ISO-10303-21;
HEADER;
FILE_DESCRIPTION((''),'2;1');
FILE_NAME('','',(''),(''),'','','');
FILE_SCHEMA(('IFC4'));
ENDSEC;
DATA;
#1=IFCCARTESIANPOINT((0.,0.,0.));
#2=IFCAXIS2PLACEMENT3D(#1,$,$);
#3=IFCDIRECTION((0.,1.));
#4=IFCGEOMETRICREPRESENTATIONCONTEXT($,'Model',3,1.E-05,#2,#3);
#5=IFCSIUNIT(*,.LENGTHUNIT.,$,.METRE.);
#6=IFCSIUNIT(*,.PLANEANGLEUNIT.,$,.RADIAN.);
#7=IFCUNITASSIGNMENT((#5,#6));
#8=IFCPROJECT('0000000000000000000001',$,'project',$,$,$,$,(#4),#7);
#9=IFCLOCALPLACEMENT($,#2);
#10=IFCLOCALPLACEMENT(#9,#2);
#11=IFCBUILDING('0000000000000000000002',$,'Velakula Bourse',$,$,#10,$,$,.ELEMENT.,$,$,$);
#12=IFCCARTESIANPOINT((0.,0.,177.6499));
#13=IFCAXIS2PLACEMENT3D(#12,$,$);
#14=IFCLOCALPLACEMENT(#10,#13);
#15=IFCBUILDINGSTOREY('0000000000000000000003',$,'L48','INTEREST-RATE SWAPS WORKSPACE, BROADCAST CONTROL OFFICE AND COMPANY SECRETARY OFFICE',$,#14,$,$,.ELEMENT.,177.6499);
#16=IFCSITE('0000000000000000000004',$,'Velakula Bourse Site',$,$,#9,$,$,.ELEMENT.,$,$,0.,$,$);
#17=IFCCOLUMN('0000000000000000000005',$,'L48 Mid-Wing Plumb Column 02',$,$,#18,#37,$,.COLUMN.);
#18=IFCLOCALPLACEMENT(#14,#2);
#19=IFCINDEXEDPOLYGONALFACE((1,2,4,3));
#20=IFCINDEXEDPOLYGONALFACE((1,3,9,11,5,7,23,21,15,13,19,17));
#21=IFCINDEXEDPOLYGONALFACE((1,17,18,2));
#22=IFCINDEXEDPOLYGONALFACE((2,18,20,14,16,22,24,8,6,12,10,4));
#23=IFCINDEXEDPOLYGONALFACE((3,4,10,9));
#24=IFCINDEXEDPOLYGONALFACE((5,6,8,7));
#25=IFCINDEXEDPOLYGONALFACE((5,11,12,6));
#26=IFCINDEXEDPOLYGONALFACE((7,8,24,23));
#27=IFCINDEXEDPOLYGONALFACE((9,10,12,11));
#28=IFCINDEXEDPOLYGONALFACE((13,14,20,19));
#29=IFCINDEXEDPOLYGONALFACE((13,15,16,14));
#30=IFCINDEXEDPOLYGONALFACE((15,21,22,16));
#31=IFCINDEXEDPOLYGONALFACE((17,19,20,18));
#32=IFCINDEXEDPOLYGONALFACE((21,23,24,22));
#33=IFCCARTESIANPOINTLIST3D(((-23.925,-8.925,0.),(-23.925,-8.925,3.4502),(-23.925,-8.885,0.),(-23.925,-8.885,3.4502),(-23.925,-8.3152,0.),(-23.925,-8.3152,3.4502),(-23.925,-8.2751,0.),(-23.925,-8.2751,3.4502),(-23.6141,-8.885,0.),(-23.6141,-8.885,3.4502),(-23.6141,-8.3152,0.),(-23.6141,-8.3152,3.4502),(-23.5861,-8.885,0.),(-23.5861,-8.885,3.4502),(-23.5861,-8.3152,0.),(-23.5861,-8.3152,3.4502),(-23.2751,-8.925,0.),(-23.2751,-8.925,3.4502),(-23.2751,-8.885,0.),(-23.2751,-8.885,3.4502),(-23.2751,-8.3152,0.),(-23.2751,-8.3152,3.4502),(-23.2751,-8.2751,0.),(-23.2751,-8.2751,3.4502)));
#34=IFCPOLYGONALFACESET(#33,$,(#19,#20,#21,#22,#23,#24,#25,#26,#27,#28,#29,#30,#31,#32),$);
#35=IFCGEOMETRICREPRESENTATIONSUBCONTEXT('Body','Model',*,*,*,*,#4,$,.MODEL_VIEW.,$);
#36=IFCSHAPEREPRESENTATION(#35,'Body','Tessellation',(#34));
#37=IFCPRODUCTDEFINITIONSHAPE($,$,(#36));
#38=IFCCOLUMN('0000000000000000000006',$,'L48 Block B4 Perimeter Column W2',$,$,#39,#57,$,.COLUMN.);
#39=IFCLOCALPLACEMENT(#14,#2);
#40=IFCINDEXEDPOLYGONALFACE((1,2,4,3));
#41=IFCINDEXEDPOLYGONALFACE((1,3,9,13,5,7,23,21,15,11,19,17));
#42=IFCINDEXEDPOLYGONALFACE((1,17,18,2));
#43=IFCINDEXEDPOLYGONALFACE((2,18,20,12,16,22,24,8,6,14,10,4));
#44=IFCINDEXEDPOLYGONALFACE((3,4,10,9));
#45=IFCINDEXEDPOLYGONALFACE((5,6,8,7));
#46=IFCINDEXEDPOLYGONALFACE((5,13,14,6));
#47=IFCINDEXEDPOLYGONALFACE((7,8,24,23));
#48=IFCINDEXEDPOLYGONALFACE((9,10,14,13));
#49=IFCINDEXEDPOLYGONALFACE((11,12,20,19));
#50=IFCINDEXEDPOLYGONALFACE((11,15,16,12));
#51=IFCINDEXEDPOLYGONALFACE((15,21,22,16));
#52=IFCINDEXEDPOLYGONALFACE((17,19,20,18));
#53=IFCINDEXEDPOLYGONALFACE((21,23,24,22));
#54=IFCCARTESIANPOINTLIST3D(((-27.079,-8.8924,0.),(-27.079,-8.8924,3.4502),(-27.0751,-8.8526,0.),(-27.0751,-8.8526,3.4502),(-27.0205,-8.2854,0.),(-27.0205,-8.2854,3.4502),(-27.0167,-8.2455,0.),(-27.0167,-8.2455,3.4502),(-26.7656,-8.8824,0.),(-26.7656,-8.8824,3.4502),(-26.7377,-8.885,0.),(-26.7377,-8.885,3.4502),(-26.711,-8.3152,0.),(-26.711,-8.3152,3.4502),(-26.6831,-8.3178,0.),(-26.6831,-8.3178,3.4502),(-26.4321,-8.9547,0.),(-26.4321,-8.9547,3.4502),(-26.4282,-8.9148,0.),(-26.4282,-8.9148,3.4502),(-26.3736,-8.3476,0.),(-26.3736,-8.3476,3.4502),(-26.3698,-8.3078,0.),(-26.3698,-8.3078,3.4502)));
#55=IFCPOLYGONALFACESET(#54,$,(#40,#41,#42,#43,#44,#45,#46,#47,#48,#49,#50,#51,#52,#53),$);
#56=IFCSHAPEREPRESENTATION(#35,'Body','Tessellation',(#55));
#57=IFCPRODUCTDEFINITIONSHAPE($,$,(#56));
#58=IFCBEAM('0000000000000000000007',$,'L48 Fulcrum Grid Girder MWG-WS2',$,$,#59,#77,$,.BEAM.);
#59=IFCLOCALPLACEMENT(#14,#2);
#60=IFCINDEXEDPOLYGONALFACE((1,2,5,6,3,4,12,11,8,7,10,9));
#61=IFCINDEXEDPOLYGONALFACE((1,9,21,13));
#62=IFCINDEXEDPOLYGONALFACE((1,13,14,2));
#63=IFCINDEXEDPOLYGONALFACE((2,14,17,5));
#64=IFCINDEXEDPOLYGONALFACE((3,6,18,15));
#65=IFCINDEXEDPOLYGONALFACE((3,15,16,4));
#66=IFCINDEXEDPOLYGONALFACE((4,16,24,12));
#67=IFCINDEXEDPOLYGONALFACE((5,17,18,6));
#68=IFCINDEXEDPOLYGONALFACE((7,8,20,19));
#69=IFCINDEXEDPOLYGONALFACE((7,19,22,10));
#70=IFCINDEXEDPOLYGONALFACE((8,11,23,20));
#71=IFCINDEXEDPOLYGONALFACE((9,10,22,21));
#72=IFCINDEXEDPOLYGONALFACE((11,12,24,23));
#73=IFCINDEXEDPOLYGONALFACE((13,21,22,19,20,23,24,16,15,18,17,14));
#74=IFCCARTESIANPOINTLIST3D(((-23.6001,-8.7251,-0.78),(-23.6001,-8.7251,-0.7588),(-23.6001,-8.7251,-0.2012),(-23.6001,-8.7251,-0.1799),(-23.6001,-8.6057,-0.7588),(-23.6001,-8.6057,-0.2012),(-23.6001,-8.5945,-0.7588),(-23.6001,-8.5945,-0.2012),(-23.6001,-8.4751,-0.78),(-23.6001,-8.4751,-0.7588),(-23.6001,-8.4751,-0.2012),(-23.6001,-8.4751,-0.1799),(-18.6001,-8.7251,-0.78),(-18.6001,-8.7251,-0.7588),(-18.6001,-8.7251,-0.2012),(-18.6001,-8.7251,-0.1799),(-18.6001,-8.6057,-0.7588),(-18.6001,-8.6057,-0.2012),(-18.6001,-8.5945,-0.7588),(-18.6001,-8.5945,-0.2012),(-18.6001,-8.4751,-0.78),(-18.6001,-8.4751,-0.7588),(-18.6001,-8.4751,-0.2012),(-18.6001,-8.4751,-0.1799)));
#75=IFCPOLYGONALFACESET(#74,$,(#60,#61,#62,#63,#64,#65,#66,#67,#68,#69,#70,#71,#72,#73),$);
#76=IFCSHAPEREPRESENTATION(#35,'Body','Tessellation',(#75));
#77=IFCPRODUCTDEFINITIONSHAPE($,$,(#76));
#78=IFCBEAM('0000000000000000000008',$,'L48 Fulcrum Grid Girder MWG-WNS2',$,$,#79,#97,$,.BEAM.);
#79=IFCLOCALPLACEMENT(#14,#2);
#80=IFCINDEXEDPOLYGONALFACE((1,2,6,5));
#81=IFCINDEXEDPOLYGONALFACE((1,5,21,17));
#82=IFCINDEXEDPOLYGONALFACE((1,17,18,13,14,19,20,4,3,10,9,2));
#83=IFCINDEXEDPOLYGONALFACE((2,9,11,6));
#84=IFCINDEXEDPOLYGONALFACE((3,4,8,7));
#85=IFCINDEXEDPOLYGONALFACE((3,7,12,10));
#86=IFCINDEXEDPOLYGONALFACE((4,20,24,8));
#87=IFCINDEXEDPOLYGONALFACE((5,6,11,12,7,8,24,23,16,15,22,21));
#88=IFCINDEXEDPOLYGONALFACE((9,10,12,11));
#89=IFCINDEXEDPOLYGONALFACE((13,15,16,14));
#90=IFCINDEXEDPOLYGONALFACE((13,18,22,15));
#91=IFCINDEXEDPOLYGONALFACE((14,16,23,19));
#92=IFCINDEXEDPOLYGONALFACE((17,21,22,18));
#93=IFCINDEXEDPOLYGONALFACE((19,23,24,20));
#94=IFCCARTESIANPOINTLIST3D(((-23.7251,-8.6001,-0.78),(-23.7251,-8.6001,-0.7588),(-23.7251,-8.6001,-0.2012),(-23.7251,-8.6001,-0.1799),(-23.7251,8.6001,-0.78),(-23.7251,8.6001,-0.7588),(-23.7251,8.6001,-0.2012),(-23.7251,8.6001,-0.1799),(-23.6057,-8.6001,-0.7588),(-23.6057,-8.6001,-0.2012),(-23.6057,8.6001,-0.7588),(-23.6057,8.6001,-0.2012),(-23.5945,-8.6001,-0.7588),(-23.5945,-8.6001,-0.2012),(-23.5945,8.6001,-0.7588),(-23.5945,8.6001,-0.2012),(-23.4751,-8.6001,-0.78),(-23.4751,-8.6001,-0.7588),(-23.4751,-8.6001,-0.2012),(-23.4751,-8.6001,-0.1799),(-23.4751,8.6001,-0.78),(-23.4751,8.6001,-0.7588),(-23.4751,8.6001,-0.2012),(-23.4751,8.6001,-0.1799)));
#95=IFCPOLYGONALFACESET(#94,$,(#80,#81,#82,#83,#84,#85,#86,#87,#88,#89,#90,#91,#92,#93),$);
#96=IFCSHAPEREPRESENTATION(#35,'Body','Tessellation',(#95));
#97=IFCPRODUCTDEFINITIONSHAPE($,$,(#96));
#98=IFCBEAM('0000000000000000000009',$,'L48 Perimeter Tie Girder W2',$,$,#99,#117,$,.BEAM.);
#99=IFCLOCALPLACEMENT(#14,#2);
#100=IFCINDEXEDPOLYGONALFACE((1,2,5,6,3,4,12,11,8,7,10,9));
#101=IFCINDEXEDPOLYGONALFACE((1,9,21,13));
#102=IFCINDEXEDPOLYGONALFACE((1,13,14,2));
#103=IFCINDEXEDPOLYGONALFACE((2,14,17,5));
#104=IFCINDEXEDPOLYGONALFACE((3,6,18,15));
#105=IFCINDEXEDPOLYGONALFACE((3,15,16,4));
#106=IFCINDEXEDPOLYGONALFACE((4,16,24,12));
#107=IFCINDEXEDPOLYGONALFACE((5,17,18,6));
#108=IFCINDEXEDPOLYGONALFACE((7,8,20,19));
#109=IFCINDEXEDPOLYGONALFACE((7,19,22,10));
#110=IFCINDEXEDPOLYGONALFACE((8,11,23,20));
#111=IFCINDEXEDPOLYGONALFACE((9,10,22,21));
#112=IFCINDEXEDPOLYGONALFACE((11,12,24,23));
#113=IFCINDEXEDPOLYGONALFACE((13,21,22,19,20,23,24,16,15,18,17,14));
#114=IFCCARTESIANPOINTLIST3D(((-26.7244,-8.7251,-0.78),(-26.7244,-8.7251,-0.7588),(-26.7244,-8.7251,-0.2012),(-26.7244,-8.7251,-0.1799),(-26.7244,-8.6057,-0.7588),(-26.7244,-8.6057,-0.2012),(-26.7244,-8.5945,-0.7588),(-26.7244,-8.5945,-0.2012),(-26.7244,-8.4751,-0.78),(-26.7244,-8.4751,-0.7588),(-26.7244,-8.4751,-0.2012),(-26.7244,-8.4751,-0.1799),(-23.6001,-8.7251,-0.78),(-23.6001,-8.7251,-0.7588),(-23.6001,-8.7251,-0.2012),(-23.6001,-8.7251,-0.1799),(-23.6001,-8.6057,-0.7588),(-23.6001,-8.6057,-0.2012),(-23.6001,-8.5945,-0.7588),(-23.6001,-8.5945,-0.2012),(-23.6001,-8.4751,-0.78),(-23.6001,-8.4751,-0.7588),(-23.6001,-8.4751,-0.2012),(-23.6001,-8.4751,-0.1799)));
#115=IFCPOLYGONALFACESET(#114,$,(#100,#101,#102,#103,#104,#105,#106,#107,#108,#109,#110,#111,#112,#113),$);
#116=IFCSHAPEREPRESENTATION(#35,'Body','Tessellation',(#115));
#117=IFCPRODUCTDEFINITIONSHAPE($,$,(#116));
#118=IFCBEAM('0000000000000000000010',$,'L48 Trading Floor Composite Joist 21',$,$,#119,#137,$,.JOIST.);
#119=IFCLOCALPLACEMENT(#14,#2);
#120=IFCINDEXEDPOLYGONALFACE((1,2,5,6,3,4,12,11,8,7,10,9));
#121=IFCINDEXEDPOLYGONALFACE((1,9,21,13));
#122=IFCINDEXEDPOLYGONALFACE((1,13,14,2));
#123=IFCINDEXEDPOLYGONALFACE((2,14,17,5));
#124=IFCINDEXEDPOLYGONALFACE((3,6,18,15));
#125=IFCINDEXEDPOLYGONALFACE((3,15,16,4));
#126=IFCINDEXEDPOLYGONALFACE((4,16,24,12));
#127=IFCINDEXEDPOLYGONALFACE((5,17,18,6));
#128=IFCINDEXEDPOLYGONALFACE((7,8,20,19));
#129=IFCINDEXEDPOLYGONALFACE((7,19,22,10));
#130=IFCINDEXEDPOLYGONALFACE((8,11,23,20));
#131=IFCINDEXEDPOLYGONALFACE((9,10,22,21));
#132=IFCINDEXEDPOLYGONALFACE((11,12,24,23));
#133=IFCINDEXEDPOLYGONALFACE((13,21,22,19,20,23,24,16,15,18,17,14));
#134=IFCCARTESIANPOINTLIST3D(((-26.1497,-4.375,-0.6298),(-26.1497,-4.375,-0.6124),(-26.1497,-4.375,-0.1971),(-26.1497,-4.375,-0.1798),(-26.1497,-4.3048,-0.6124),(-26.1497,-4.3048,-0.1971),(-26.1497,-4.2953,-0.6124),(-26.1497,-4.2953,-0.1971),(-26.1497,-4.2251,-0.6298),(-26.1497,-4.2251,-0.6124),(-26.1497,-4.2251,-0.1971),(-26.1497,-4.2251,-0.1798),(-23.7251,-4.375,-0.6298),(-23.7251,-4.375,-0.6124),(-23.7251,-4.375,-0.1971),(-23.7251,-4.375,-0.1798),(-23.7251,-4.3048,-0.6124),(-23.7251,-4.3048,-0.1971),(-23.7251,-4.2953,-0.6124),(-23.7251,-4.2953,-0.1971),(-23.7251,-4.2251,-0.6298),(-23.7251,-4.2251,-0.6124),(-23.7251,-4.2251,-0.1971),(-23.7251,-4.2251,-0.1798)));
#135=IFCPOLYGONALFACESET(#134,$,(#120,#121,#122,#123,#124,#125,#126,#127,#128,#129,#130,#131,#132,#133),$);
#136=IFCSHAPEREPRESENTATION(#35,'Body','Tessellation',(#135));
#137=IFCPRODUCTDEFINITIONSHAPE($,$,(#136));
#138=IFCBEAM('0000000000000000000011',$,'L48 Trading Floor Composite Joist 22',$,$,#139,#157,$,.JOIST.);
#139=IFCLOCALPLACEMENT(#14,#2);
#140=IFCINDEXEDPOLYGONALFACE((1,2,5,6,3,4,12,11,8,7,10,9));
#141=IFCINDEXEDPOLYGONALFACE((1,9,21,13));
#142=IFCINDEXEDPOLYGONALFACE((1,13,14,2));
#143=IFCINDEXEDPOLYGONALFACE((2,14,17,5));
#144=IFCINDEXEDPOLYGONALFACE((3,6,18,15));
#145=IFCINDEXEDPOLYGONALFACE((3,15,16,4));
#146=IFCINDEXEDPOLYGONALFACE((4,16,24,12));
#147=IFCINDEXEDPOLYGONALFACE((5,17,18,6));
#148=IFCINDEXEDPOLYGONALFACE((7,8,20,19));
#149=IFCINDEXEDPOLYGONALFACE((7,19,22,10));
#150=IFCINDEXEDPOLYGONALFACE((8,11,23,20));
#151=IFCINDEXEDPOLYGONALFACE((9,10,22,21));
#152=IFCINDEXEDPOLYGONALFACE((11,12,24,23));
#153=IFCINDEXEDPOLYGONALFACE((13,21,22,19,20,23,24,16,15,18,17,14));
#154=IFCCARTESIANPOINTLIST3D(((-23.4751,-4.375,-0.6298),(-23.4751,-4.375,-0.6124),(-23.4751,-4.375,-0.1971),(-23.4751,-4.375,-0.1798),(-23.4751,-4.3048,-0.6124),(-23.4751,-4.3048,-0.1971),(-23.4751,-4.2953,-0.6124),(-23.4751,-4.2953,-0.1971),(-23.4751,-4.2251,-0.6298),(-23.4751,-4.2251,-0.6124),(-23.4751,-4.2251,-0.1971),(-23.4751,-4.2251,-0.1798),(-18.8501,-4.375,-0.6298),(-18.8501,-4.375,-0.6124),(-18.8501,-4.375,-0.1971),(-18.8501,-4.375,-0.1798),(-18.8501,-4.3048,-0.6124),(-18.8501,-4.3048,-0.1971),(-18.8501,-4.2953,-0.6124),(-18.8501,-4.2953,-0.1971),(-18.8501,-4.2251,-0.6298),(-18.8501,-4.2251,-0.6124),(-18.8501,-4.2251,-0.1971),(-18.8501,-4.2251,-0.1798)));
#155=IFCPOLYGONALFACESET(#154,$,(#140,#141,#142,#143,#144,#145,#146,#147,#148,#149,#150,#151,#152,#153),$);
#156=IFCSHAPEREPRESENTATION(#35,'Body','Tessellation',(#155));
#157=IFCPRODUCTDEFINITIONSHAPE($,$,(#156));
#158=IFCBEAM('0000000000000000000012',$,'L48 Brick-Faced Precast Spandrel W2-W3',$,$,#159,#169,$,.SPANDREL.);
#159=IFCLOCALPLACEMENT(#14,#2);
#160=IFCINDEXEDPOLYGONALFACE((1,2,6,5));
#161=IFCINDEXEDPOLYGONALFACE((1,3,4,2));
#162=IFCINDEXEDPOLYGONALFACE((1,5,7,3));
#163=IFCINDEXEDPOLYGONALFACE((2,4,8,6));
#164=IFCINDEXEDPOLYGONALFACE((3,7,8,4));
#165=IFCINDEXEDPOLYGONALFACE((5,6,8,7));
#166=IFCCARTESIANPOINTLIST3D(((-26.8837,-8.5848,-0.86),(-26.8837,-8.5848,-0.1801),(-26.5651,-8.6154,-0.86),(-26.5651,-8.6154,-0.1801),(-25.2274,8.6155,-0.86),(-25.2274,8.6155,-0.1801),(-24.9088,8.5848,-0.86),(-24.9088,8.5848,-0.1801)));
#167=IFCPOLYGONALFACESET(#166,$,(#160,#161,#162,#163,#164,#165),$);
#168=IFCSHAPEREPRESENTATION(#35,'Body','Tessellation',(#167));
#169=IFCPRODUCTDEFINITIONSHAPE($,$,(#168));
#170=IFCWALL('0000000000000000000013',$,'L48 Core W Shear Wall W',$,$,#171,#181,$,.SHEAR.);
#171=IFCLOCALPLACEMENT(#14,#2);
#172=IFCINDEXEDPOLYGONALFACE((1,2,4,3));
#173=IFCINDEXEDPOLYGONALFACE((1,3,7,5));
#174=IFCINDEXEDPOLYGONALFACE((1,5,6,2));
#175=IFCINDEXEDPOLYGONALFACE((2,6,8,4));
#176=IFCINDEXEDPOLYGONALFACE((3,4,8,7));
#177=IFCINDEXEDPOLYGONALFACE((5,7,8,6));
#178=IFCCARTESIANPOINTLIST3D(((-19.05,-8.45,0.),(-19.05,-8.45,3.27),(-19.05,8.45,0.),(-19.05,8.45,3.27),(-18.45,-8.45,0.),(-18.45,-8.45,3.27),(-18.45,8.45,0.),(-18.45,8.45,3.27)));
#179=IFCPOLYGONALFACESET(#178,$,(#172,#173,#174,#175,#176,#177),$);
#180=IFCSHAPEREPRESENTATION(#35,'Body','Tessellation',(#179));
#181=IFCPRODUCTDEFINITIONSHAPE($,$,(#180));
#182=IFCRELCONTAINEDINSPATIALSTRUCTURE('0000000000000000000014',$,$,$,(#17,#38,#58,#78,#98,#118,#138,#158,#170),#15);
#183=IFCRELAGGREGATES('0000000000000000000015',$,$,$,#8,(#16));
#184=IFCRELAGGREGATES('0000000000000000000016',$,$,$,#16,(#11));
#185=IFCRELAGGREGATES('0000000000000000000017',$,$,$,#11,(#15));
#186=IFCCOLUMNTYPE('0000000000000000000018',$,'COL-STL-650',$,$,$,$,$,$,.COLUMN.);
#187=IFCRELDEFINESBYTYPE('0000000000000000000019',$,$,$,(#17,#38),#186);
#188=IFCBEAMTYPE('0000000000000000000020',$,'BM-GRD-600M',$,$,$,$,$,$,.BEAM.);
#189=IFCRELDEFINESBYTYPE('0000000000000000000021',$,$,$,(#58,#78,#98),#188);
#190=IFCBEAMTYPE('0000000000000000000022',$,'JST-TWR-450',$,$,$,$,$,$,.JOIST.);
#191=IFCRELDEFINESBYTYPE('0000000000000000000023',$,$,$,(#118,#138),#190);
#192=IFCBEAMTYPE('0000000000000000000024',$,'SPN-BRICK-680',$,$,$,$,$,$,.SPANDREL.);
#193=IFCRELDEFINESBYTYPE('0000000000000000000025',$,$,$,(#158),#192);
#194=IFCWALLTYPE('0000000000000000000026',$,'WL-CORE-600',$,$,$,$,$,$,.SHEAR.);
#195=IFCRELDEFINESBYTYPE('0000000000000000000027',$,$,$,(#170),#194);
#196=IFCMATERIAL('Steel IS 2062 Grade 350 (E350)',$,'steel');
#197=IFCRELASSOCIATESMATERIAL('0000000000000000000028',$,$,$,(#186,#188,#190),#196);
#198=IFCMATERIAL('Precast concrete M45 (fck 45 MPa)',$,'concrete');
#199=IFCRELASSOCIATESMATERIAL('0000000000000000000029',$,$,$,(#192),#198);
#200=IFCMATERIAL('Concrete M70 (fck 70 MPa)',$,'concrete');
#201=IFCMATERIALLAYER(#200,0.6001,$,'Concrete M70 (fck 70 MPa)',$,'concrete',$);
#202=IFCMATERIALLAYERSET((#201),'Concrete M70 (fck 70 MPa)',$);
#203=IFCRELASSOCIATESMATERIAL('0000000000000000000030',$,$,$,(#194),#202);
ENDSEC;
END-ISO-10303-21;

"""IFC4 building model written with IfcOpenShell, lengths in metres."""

from ifc_helpers import new_model, si_unit, direction, frame, frame_2d, origin, origin_2d, place, context, subcontext, project, spatial, rectangle, i_section, extrude, material, layer, layer_set, material_profile, profile_set, type_object, element, save


model = new_model("IFC4")

# Units and contexts
model_context = context("Model", 3, precision=1e-05, world=origin(), true_north=direction((0.0, 1.0)))
body_context = subcontext(model_context, "Body", "Model", "MODEL_VIEW")
ifc_project = project(units=[si_unit("LENGTHUNIT", "METRE"), si_unit("PLANEANGLEUNIT", "RADIAN")], contexts=[model_context])

# Site, building, storey
site_placement = place(None, origin())
site = spatial("IfcSite", under=ifc_project, at=site_placement, Name="Velakula Bourse Site", CompositionType="ELEMENT", RefElevation=0.0)
building_placement = place(site_placement, origin())
building = spatial("IfcBuilding", under=site, at=building_placement, Name="Velakula Bourse", CompositionType="ELEMENT")
storey_placement = place(building_placement, frame((0.0, 0.0, 177.6499)))
storey = spatial("IfcBuildingStorey", under=building, at=storey_placement, Name="L48", Description="INTEREST-RATE SWAPS WORKSPACE, BROADCAST CONTROL OFFICE AND COMPANY SECRETARY OFFICE", CompositionType="ELEMENT", Elevation=177.6499)

# Columns
ifc_material_1 = material(Name="Steel IS 2062 Grade 350 (E350)", Category="steel")
ifc_material_profile_1 = material_profile(ifc_material_1, i_section(OverallWidth=0.6499, OverallDepth=0.6499, WebThickness=0.0281, FlangeThickness=0.04, at=origin_2d()), Name="Steel IS 2062 Grade 350 (E350)")
ifc_profile_set_1 = profile_set([ifc_material_profile_1], Name="Steel IS 2062 Grade 350 (E350)")
column_type = type_object("IfcColumnType", Name="COL-STL-650", PredefinedType="COLUMN", material=ifc_profile_set_1)
for number, where, z_axis, x_axis, name in (
    (1, (-23.6001, -8.6001, 0.0), (0.0, 0.0, 1.0), (1.0, 0.0, 0.0), "L48 Mid-Wing Plumb Column 02"),
    (2, (-26.7244, -8.6001, 0.0), (0.0, 0.0, 1.0), (0.995396, -0.095846, 0.0), "L48 Block B4 Perimeter Column W2"),
):
    element("IfcColumn", number, at=place(storey_placement, frame(where, z_axis=z_axis, x_axis=x_axis)), inside=storey, type_object=column_type, Name=name, PredefinedType="COLUMN", context=body_context, shape_type="SweptSolid", body=[
        extrude(i_section(OverallWidth=0.6499, OverallDepth=0.6499, WebThickness=0.0281, FlangeThickness=0.04, at=origin_2d()), origin(), (0.0, 0.0, 1.0), 3.4502),
    ])

# Beams
ifc_material_profile_2 = material_profile(ifc_material_1, i_section(OverallWidth=0.25, OverallDepth=0.6001, WebThickness=0.0112, FlangeThickness=0.0212, at=origin_2d()), Name="Steel IS 2062 Grade 350 (E350)")
ifc_profile_set_2 = profile_set([ifc_material_profile_2], Name="Steel IS 2062 Grade 350 (E350)")
beam_type_1 = type_object("IfcBeamType", Name="BM-GRD-600M", PredefinedType="BEAM", material=ifc_profile_set_2)
beam_1_placement = place(storey_placement, frame((-23.6001, -8.6001, -0.48), z_axis=(1.0, 0.0, 0.0), x_axis=(0.0, 1.0, 0.0)))
element("IfcBeam", 3, at=beam_1_placement, inside=storey, type_object=beam_type_1, Name="L48 Fulcrum Grid Girder MWG-WS2", PredefinedType="BEAM", context=body_context, shape_type="SweptSolid", body=[
    extrude(i_section(OverallWidth=0.25, OverallDepth=0.6001, WebThickness=0.0112, FlangeThickness=0.0212, at=origin_2d()), origin(), (0.0, 0.0, 1.0), 5.0),
])
beam_2_placement = place(storey_placement, frame((-23.6001, -8.6001, -0.48), z_axis=(0.0, 1.0, 0.0), x_axis=(-1.0, 0.0, 0.0)))
element("IfcBeam", 4, at=beam_2_placement, inside=storey, type_object=beam_type_1, Name="L48 Fulcrum Grid Girder MWG-WNS2", PredefinedType="BEAM", context=body_context, shape_type="SweptSolid", body=[
    extrude(i_section(OverallWidth=0.25, OverallDepth=0.6001, WebThickness=0.0112, FlangeThickness=0.0212, at=origin_2d()), origin(), (0.0, 0.0, 1.0), 17.2002),
])
beam_3_placement = place(storey_placement, frame((-23.6001, -8.6001, -0.48), z_axis=(-1.0, 0.0, 0.0), x_axis=(0.0, -1.0, 0.0)))
element("IfcBeam", 5, at=beam_3_placement, inside=storey, type_object=beam_type_1, Name="L48 Perimeter Tie Girder W2", PredefinedType="BEAM", context=body_context, shape_type="SweptSolid", body=[
    extrude(i_section(OverallWidth=0.25, OverallDepth=0.6001, WebThickness=0.0112, FlangeThickness=0.0212, at=origin_2d()), origin(), (0.0, 0.0, 1.0), 3.1243),
])
ifc_material_profile_3 = material_profile(ifc_material_1, i_section(OverallWidth=0.1499, OverallDepth=0.45, WebThickness=0.0095, FlangeThickness=0.0173, at=origin_2d()), Name="Steel IS 2062 Grade 350 (E350)")
ifc_profile_set_3 = profile_set([ifc_material_profile_3], Name="Steel IS 2062 Grade 350 (E350)")
beam_type_2 = type_object("IfcBeamType", Name="JST-TWR-450", PredefinedType="JOIST", material=ifc_profile_set_3)
beam_4_placement = place(storey_placement, frame((-26.1497, -4.3, -0.4048), z_axis=(1.0, 0.0, 0.0), x_axis=(0.0, 1.0, 0.0)))
element("IfcBeam", 6, at=beam_4_placement, inside=storey, type_object=beam_type_2, Name="L48 Trading Floor Composite Joist 21", PredefinedType="JOIST", context=body_context, shape_type="SweptSolid", body=[
    extrude(i_section(OverallWidth=0.1499, OverallDepth=0.45, WebThickness=0.0095, FlangeThickness=0.0173, at=origin_2d()), origin(), (0.0, 0.0, 1.0), 2.4246),
])
beam_5_placement = place(storey_placement, frame((-23.4751, -4.3, -0.4048), z_axis=(1.0, 0.0, 0.0), x_axis=(0.0, 1.0, 0.0)))
element("IfcBeam", 7, at=beam_5_placement, inside=storey, type_object=beam_type_2, Name="L48 Trading Floor Composite Joist 22", PredefinedType="JOIST", context=body_context, shape_type="SweptSolid", body=[
    extrude(i_section(OverallWidth=0.1499, OverallDepth=0.45, WebThickness=0.0095, FlangeThickness=0.0173, at=origin_2d()), origin(), (0.0, 0.0, 1.0), 4.625),
])
ifc_material_2 = material(Name="Precast concrete M45 (fck 45 MPa)", Category="concrete")
ifc_material_profile_4 = material_profile(ifc_material_2, rectangle(XDim=0.3201, YDim=0.6799, at=origin_2d()), Name="Precast concrete M45 (fck 45 MPa)")
ifc_profile_set_4 = profile_set([ifc_material_profile_4], Name="Precast concrete M45 (fck 45 MPa)")
beam_type_3 = type_object("IfcBeamType", Name="SPN-BRICK-680", PredefinedType="SPANDREL", material=ifc_profile_set_4)
beam_6_placement = place(storey_placement, frame((-26.7244, -8.6001, -0.52), z_axis=(0.095849, 0.995396, 0.0), x_axis=(-0.995396, 0.095849, 0.0)))
element("IfcBeam", 8, at=beam_6_placement, inside=storey, type_object=beam_type_3, Name="L48 Brick-Faced Precast Spandrel W2-W3", PredefinedType="SPANDREL", context=body_context, shape_type="SweptSolid", body=[
    extrude(rectangle(XDim=0.3201, YDim=0.6799, at=origin_2d()), origin(), (0.0, 0.0, 1.0), 17.2798),
])

# Wall
ifc_material_3 = material(Name="Concrete M70 (fck 70 MPa)", Category="concrete")
ifc_layer_1 = layer(ifc_material_3, 0.6001, Name="Concrete M70 (fck 70 MPa)", Category="concrete")
ifc_layer_set_1 = layer_set([ifc_layer_1], Name="Concrete M70 (fck 70 MPa)")
wall_type_1 = type_object("IfcWallType", Name="WL-CORE-600", PredefinedType="SHEAR", material=ifc_layer_set_1)
wall_1_placement = place(storey_placement, frame((-18.75, -8.45, 0.0), z_axis=(0.0, 0.0, 1.0), x_axis=(0.0, 1.0, 0.0)))
element("IfcWall", 9, at=wall_1_placement, inside=storey, type_object=wall_type_1, Name="L48 Core W Shear Wall W", PredefinedType="SHEAR", context=body_context, shape_type="SweptSolid", body=[
    extrude(rectangle(XDim=16.8999, YDim=0.6001, at=frame_2d((8.45, 0.0))), origin(), (0.0, 0.0, 1.0), 3.27),
])

save(model, "model.ifc")
